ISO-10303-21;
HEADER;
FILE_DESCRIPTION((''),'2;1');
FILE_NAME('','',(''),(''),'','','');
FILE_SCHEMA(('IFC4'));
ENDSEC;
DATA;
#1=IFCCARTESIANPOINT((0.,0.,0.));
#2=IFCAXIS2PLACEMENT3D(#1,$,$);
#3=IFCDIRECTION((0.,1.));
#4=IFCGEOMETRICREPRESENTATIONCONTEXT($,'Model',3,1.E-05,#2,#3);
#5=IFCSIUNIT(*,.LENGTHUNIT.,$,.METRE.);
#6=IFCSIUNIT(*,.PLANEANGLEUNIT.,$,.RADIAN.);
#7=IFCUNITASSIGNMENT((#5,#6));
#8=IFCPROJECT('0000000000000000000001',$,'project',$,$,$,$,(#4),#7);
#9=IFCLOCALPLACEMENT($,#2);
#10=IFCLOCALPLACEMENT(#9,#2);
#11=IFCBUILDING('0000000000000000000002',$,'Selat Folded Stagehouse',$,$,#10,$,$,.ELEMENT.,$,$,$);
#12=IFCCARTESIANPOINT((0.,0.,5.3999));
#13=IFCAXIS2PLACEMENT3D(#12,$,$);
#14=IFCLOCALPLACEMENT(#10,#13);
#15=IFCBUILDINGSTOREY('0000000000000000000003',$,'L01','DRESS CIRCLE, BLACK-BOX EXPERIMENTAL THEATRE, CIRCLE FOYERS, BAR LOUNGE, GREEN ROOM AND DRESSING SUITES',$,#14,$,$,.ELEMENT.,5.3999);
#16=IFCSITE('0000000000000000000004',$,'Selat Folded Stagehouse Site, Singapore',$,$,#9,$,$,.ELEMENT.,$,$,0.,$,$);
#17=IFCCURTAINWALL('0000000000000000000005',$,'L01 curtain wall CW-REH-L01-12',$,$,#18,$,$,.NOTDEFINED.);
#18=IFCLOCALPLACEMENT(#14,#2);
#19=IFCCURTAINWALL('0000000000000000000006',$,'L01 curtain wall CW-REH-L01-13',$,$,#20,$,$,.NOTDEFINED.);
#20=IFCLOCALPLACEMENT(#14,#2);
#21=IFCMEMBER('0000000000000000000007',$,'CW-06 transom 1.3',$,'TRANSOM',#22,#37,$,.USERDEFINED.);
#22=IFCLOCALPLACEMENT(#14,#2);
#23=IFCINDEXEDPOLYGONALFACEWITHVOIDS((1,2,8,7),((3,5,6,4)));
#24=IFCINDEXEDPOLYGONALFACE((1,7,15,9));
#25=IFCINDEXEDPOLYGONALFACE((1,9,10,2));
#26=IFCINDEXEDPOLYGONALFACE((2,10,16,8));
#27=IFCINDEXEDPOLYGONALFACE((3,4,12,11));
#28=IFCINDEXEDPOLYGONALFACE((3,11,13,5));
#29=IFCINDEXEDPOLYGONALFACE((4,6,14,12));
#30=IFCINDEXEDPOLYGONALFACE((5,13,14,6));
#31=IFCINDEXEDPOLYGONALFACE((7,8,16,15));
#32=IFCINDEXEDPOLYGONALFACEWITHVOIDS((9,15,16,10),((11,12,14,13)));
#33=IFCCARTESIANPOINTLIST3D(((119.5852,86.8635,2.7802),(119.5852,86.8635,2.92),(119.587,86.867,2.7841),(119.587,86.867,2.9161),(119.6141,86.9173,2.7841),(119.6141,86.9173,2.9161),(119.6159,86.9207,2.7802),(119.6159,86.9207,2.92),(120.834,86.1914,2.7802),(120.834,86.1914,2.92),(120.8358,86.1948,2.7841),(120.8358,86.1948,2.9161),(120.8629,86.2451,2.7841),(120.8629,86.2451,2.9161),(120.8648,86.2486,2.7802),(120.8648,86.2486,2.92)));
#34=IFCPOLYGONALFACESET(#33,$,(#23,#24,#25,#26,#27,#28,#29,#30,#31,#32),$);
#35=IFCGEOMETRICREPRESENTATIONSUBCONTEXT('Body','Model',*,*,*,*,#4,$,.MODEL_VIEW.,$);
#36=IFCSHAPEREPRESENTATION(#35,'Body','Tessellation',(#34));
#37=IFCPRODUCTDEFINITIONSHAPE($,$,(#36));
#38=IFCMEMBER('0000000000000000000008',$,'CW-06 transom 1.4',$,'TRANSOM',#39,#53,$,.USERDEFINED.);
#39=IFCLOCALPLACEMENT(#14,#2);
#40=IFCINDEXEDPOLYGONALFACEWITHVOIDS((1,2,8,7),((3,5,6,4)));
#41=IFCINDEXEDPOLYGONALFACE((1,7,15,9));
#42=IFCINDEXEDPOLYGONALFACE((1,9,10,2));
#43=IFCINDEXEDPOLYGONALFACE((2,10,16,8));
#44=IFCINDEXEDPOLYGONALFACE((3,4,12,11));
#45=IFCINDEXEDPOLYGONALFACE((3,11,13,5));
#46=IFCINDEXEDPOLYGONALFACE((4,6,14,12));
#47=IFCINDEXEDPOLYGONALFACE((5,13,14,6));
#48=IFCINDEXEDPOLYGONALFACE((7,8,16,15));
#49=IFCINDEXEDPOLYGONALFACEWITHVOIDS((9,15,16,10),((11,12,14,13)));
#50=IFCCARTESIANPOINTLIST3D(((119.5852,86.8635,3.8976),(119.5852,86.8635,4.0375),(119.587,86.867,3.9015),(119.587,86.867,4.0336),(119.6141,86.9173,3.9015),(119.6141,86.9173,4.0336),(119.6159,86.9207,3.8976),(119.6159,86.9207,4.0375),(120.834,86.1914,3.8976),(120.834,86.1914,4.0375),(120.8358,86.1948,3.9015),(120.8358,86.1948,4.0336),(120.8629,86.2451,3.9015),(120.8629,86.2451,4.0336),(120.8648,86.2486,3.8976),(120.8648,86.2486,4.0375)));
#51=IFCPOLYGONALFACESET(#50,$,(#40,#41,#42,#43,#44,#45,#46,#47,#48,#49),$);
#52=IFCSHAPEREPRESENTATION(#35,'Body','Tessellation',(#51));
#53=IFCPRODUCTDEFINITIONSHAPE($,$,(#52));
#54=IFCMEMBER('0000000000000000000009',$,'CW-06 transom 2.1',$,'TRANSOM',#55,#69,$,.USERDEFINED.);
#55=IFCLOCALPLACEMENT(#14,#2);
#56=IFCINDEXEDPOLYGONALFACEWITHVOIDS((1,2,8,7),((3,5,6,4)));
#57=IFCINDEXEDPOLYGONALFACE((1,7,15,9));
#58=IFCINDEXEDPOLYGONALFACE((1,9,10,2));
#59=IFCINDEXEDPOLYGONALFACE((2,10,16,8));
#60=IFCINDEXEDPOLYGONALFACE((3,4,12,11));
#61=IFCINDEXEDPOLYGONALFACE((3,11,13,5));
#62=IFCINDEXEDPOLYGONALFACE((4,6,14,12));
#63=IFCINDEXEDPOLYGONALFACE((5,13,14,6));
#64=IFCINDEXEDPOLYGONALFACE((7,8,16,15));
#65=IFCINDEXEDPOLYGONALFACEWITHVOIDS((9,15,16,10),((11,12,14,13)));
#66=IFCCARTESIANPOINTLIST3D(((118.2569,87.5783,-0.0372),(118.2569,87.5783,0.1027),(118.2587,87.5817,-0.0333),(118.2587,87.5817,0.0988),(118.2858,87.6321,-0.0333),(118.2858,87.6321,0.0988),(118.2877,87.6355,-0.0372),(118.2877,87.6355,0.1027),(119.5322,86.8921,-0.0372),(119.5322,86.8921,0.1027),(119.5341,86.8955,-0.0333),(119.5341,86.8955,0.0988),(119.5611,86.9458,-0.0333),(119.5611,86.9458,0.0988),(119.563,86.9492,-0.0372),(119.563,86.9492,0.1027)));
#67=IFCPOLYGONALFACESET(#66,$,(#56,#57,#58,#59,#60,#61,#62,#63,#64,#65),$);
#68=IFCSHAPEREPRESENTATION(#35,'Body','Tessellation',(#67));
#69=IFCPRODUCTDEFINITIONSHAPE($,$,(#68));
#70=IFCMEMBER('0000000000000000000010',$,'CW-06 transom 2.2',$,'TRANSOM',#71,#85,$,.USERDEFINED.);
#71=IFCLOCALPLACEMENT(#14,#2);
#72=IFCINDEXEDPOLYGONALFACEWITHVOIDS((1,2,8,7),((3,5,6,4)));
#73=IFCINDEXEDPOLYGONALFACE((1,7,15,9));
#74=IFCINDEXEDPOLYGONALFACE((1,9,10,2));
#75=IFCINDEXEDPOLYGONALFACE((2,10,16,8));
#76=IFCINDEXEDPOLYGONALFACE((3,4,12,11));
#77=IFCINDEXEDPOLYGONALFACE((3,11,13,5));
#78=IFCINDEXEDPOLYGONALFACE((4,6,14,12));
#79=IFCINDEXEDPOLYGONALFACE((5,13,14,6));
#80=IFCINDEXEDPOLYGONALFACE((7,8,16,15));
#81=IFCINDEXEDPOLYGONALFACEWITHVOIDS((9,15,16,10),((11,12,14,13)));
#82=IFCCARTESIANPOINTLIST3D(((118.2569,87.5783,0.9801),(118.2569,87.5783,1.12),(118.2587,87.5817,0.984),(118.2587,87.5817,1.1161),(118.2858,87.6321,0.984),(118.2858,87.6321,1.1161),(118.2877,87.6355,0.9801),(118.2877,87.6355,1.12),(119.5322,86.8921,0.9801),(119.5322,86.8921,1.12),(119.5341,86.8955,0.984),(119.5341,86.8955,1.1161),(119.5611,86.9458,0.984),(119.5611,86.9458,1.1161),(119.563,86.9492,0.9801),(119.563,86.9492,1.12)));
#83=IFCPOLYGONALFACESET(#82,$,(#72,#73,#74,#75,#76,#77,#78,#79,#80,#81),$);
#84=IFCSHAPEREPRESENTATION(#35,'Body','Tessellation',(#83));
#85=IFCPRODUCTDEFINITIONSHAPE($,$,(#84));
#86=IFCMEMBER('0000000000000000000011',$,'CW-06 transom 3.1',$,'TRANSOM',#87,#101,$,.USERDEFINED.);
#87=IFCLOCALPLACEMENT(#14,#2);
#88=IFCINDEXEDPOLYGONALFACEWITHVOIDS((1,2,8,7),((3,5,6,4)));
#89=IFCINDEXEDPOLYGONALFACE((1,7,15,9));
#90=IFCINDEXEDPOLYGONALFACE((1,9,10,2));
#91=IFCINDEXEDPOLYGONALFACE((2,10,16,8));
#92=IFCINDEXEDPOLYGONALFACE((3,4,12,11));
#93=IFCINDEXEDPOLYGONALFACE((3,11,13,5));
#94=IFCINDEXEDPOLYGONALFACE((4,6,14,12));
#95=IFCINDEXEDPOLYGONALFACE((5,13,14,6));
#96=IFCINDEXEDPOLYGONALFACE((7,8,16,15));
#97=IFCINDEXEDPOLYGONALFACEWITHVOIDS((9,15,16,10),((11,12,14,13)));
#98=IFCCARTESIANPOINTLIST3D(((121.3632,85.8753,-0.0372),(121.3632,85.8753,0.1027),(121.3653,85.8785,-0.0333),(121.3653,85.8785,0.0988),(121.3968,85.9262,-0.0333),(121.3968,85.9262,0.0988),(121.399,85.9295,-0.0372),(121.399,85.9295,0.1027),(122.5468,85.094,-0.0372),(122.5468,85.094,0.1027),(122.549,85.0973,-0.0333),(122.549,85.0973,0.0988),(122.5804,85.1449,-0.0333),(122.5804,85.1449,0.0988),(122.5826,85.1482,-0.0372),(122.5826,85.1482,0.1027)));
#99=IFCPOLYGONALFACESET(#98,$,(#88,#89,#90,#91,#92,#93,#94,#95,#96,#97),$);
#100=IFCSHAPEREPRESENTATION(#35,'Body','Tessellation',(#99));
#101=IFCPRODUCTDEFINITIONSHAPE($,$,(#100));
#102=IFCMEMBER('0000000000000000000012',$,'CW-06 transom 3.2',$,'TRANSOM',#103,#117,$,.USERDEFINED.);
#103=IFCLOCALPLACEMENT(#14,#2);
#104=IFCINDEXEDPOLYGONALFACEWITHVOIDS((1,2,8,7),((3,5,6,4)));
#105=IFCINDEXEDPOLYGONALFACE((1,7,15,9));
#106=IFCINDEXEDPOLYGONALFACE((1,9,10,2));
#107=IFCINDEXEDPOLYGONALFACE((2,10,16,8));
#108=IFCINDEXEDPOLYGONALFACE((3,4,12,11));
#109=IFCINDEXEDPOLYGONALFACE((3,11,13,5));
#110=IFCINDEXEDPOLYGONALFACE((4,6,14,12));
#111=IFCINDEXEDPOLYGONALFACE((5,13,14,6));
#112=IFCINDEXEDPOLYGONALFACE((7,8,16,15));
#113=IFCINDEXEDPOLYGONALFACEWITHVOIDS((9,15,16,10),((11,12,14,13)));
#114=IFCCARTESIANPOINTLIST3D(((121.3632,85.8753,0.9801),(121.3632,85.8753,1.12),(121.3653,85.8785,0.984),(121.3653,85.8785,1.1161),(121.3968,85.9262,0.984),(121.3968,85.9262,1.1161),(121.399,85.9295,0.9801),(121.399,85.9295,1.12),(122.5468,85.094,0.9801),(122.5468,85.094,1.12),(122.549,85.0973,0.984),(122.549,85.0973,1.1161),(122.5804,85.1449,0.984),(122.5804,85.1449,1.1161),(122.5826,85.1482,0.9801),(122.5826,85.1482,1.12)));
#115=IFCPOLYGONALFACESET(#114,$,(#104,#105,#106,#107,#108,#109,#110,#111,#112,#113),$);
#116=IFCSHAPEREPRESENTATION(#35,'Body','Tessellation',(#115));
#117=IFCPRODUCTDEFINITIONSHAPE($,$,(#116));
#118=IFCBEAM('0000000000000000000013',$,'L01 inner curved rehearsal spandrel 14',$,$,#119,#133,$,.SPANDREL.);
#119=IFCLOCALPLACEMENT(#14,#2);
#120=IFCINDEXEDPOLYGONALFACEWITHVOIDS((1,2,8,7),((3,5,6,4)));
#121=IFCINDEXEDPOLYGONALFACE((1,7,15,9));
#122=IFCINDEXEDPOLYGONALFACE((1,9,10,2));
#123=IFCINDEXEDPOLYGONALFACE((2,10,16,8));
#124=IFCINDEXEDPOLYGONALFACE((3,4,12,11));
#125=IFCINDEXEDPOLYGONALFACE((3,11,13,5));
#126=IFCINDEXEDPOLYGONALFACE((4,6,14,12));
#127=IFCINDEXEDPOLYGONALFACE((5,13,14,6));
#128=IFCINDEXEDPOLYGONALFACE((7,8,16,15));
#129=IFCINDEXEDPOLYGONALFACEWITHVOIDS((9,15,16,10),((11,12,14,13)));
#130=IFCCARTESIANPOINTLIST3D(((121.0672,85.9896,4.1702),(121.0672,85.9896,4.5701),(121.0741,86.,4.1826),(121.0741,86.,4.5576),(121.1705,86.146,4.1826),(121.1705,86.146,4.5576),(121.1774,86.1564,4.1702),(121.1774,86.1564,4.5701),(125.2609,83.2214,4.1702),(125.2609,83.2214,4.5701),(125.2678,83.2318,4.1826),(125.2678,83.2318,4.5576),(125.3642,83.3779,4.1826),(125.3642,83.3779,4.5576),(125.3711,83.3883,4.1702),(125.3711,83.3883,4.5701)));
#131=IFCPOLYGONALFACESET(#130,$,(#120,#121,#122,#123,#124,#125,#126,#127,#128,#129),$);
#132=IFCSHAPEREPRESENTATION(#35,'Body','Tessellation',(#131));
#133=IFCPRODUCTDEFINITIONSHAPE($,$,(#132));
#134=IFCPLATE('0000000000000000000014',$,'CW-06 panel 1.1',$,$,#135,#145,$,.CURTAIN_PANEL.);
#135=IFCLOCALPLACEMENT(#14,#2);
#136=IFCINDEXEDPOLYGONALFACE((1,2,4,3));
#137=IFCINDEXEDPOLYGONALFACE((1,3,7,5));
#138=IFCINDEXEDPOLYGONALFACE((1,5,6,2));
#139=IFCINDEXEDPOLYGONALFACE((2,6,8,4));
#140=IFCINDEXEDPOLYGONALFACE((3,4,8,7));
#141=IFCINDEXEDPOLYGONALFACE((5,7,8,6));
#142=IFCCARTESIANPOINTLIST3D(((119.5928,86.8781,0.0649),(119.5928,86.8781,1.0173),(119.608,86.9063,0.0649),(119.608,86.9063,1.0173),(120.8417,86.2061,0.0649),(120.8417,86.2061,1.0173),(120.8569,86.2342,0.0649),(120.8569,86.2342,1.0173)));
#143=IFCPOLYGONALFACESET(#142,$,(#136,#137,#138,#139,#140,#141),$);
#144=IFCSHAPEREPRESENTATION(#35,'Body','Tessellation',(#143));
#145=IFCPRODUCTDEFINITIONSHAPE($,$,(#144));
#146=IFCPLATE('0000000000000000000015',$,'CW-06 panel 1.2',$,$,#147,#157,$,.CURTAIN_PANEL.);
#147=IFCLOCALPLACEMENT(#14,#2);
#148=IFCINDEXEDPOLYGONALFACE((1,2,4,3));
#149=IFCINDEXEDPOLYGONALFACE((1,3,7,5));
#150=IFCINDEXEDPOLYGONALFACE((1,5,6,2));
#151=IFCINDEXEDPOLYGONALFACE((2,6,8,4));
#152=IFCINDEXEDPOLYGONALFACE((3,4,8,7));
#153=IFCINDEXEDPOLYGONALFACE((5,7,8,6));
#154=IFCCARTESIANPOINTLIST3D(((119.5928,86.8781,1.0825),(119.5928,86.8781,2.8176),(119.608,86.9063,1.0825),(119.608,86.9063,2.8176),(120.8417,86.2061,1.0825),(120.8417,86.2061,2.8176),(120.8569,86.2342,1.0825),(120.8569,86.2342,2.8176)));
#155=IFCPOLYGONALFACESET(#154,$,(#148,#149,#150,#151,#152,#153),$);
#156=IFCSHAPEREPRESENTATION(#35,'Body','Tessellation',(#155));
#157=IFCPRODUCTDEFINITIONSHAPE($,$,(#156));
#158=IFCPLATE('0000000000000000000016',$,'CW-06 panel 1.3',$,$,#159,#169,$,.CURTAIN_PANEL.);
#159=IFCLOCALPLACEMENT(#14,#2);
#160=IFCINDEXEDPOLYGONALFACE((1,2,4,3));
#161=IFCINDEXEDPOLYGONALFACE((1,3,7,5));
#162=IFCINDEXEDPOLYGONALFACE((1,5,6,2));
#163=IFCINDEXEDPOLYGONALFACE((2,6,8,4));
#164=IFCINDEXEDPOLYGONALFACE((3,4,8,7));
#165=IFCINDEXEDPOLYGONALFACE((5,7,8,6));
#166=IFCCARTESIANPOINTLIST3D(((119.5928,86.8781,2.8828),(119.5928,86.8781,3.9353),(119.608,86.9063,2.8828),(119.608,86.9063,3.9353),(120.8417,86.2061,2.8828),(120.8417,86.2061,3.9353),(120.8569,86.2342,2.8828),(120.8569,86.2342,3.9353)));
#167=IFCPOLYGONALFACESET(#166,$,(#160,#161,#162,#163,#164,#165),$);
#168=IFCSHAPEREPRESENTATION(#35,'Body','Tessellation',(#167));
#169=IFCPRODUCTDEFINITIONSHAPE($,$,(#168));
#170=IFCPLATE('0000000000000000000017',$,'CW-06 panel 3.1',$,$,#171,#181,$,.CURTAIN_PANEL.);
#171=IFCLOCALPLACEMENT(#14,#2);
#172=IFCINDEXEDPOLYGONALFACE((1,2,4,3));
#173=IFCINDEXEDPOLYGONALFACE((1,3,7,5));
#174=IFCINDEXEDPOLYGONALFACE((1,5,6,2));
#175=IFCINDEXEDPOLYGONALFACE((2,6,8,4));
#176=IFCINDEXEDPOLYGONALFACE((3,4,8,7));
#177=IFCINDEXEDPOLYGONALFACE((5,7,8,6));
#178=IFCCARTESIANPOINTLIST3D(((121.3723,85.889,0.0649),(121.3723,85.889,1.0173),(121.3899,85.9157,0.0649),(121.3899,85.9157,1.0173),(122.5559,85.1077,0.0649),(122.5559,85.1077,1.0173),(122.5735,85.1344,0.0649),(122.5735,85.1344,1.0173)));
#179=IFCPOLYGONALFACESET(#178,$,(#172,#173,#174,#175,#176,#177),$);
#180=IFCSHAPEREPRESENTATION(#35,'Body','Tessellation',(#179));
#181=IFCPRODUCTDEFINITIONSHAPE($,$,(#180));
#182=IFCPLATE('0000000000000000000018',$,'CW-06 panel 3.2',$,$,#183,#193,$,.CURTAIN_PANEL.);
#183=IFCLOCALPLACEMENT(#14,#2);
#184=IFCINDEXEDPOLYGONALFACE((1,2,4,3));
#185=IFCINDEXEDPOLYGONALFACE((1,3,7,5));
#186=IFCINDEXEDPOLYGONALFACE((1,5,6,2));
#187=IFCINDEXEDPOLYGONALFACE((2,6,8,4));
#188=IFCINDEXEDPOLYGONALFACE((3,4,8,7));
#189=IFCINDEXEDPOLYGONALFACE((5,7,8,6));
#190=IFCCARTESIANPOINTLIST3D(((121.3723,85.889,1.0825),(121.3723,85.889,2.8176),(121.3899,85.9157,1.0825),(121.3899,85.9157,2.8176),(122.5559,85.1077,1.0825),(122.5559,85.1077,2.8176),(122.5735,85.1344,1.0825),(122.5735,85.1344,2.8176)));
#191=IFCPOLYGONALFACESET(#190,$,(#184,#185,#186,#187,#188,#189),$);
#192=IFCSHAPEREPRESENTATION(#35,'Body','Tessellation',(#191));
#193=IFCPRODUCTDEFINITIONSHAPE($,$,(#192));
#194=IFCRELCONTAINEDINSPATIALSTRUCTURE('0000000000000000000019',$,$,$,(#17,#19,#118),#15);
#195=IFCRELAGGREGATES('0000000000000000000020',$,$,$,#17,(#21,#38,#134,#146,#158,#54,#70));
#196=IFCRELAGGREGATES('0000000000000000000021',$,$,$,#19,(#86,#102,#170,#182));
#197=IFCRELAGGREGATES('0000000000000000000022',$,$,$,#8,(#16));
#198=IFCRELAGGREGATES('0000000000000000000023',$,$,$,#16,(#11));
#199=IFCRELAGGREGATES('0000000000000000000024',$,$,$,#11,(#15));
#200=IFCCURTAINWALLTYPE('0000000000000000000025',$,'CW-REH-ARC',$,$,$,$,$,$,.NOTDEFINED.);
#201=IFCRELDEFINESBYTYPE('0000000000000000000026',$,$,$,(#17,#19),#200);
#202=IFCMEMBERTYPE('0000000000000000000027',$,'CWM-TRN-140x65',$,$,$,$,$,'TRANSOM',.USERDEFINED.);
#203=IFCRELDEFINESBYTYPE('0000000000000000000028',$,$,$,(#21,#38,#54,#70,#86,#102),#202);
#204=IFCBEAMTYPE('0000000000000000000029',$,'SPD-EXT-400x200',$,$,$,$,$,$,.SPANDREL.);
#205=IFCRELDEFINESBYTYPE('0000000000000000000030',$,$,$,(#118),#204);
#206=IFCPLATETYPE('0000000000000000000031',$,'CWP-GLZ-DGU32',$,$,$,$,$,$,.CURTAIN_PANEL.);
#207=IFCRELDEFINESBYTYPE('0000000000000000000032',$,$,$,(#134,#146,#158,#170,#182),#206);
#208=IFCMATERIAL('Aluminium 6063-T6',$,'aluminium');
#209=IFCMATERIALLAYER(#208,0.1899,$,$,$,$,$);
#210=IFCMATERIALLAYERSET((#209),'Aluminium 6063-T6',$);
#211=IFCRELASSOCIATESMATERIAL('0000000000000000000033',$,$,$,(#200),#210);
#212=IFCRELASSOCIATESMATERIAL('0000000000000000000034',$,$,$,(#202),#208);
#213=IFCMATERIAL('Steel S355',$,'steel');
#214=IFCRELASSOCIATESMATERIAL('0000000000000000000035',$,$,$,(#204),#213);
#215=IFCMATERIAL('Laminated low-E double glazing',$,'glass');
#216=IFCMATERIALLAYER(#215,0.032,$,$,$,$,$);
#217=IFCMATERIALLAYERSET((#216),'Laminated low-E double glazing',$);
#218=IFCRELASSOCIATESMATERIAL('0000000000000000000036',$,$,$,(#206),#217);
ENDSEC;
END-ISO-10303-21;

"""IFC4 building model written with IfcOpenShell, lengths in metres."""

from ifc_helpers import new_model, si_unit, direction, frame, origin, origin_2d, place, context, subcontext, project, spatial, rectangle, hollow_rectangle, extrude, material, layer, layer_set, material_profile, profile_set, type_object, element, aggregate, save


model = new_model("IFC4")

# Units and contexts
model_context = context("Model", 3, precision=1e-05, world=origin(), true_north=direction((0.0, 1.0)))
body_context = subcontext(model_context, "Body", "Model", "MODEL_VIEW")
ifc_project = project(units=[si_unit("LENGTHUNIT", "METRE"), si_unit("PLANEANGLEUNIT", "RADIAN")], contexts=[model_context])

# Site, building, storey
site_placement = place(None, origin())
site = spatial("IfcSite", under=ifc_project, at=site_placement, Name="Selat Folded Stagehouse Site, Singapore", CompositionType="ELEMENT", RefElevation=0.0)
building_placement = place(site_placement, origin())
building = spatial("IfcBuilding", under=site, at=building_placement, Name="Selat Folded Stagehouse", CompositionType="ELEMENT")
storey_placement = place(building_placement, frame((0.0, 0.0, 5.3999)))
storey = spatial("IfcBuildingStorey", under=building, at=storey_placement, Name="L01", Description="DRESS CIRCLE, BLACK-BOX EXPERIMENTAL THEATRE, CIRCLE FOYERS, BAR LOUNGE, GREEN ROOM AND DRESSING SUITES", CompositionType="ELEMENT", Elevation=5.3999)

# Shared definitions
ifc_material_1 = material(Name="Steel S355", Category="steel")

# Curtain wall
ifc_material_2 = material(Name="Aluminium 6063-T6", Category="aluminium")
ifc_layer_1 = layer(ifc_material_2, 0.1899)
ifc_layer_set_1 = layer_set([ifc_layer_1], Name="Aluminium 6063-T6")
curtain_wall_type = type_object("IfcCurtainWallType", Name="CW-REH-ARC", PredefinedType="NOTDEFINED", material=ifc_layer_set_1)
curtain_wall_1_placement = place(storey_placement, origin())
curtain_wall_1 = element("IfcCurtainWall", 1, at=curtain_wall_1_placement, inside=storey, type_object=curtain_wall_type, Name="L01 curtain wall CW-REH-L01-12", PredefinedType="NOTDEFINED")

# Curtain wall
curtain_wall_2_placement = place(storey_placement, origin())
curtain_wall_2 = element("IfcCurtainWall", 2, at=curtain_wall_2_placement, inside=storey, type_object=curtain_wall_type, Name="L01 curtain wall CW-REH-L01-13", PredefinedType="NOTDEFINED")

# Members
ifc_material_profile_1 = material_profile(ifc_material_2, hollow_rectangle(XDim=0.0649, YDim=0.1399, WallThickness=0.0039, at=origin_2d()), Name="ALU 140x65x4.0")
ifc_profile_set_1 = profile_set([ifc_material_profile_1], Name="Aluminium 6063-T6")
member_type_1 = type_object("IfcMemberType", Name="CWM-TRN-140x65", ElementType="TRANSOM", PredefinedType="USERDEFINED", material=ifc_profile_set_1)
member_1_placement = place(storey_placement, frame((120.8494, 86.22, 2.8501), z_axis=(-0.88056, 0.473936, 0.0), x_axis=(-0.473936, -0.88056, 0.0)))
member_1 = element("IfcMember", 3, at=member_1_placement, type_object=member_type_1, Name="CW-06 transom 1.3", ObjectType="TRANSOM", PredefinedType="USERDEFINED", context=body_context, shape_type="SweptSolid", body=[
    extrude(hollow_rectangle(XDim=0.0649, YDim=0.1399, WallThickness=0.0039, at=origin_2d()), origin(), (0.0, 0.0, 1.0), 1.4182),
])
member_2_placement = place(storey_placement, frame((120.8494, 86.22, 3.9675), z_axis=(-0.88056, 0.473936, 0.0), x_axis=(-0.473936, -0.88056, 0.0)))
member_2 = element("IfcMember", 4, at=member_2_placement, type_object=member_type_1, Name="CW-06 transom 1.4", ObjectType="TRANSOM", PredefinedType="USERDEFINED", context=body_context, shape_type="SweptSolid", body=[
    extrude(hollow_rectangle(XDim=0.0649, YDim=0.1399, WallThickness=0.0039, at=origin_2d()), origin(), (0.0, 0.0, 1.0), 1.4182),
])
member_3_placement = place(storey_placement, frame((119.5476, 86.9207, 0.0327), z_axis=(-0.880606, 0.473848, 0.0), x_axis=(-0.473848, -0.880606, 0.0)))
member_3 = element("IfcMember", 5, at=member_3_placement, type_object=member_type_1, Name="CW-06 transom 2.1", ObjectType="TRANSOM", PredefinedType="USERDEFINED", context=body_context, shape_type="SweptSolid", body=[
    extrude(hollow_rectangle(XDim=0.0649, YDim=0.1399, WallThickness=0.0039, at=origin_2d()), origin(), (0.0, 0.0, 1.0), 1.4482),
])
member_4_placement = place(storey_placement, frame((119.5476, 86.9207, 1.05), z_axis=(-0.880606, 0.473848, 0.0), x_axis=(-0.473848, -0.880606, 0.0)))
member_4 = element("IfcMember", 6, at=member_4_placement, type_object=member_type_1, Name="CW-06 transom 2.2", ObjectType="TRANSOM", PredefinedType="USERDEFINED", context=body_context, shape_type="SweptSolid", body=[
    extrude(hollow_rectangle(XDim=0.0649, YDim=0.1399, WallThickness=0.0039, at=origin_2d()), origin(), (0.0, 0.0, 1.0), 1.4482),
])
member_5_placement = place(storey_placement, frame((122.5647, 85.1211, 0.0327), z_axis=(-0.834584, 0.550881, 0.0), x_axis=(-0.550881, -0.834584, 0.0)))
member_5 = element("IfcMember", 7, at=member_5_placement, type_object=member_type_1, Name="CW-06 transom 3.1", ObjectType="TRANSOM", PredefinedType="USERDEFINED", context=body_context, shape_type="SweptSolid", body=[
    extrude(hollow_rectangle(XDim=0.0649, YDim=0.1399, WallThickness=0.0039, at=origin_2d()), origin(), (0.0, 0.0, 1.0), 1.4182),
])
member_6_placement = place(storey_placement, frame((122.5647, 85.1211, 1.05), z_axis=(-0.834584, 0.550881, 0.0), x_axis=(-0.550881, -0.834584, 0.0)))
member_6 = element("IfcMember", 8, at=member_6_placement, type_object=member_type_1, Name="CW-06 transom 3.2", ObjectType="TRANSOM", PredefinedType="USERDEFINED", context=body_context, shape_type="SweptSolid", body=[
    extrude(hollow_rectangle(XDim=0.0649, YDim=0.1399, WallThickness=0.0039, at=origin_2d()), origin(), (0.0, 0.0, 1.0), 1.4182),
])

# Beam
ifc_material_profile_2 = material_profile(ifc_material_1, hollow_rectangle(XDim=0.2, YDim=0.3999, WallThickness=0.0125, at=origin_2d()), Name="RHS 400x200x12.5")
ifc_profile_set_2 = profile_set([ifc_material_profile_2], Name="Steel S355")
beam_type_1 = type_object("IfcBeamType", Name="SPD-EXT-400x200", PredefinedType="SPANDREL", material=ifc_profile_set_2)
beam_1_placement = place(storey_placement, frame((121.1223, 86.073, 4.3701), z_axis=(0.834583, -0.550882, 0.0), x_axis=(0.550882, 0.834583, 0.0)))
element("IfcBeam", 9, at=beam_1_placement, inside=storey, type_object=beam_type_1, Name="L01 inner curved rehearsal spandrel 14", PredefinedType="SPANDREL", context=body_context, shape_type="SweptSolid", body=[
    extrude(hollow_rectangle(XDim=0.2, YDim=0.3999, WallThickness=0.0125, at=origin_2d()), origin(), (0.0, 0.0, 1.0), 5.0249),
])

# Plates
ifc_material_3 = material(Name="Laminated low-E double glazing", Category="glass")
ifc_layer_2 = layer(ifc_material_3, 0.032)
ifc_layer_set_2 = layer_set([ifc_layer_2], Name="Laminated low-E double glazing")
plate_type = type_object("IfcPlateType", Name="CWP-GLZ-DGU32", PredefinedType="CURTAIN_PANEL", material=ifc_layer_set_2)
plate_1_placement = place(storey_placement, frame((120.2249, 86.5562, 0.0649), z_axis=(0.0, 0.0, 1.0), x_axis=(-0.880601, 0.473859, 0.0)))
plate_1 = element("IfcPlate", 10, at=plate_1_placement, type_object=plate_type, Name="CW-06 panel 1.1", PredefinedType="CURTAIN_PANEL", context=body_context, shape_type="SweptSolid", body=[
    extrude(rectangle(XDim=1.4182, YDim=0.032, at=origin_2d()), origin(), (0.0, 0.0, 1.0), 0.9524),
])
plate_2_placement = place(storey_placement, frame((120.2249, 86.5562, 1.0825), z_axis=(0.0, 0.0, 1.0), x_axis=(-0.880601, 0.473859, 0.0)))
plate_2 = element("IfcPlate", 11, at=plate_2_placement, type_object=plate_type, Name="CW-06 panel 1.2", PredefinedType="CURTAIN_PANEL", context=body_context, shape_type="SweptSolid", body=[
    extrude(rectangle(XDim=1.4182, YDim=0.032, at=origin_2d()), origin(), (0.0, 0.0, 1.0), 1.7351),
])
plate_3_placement = place(storey_placement, frame((120.2249, 86.5562, 2.8828), z_axis=(0.0, 0.0, 1.0), x_axis=(-0.880601, 0.473859, 0.0)))
plate_3 = element("IfcPlate", 12, at=plate_3_placement, type_object=plate_type, Name="CW-06 panel 1.3", PredefinedType="CURTAIN_PANEL", context=body_context, shape_type="SweptSolid", body=[
    extrude(rectangle(XDim=1.4182, YDim=0.032, at=origin_2d()), origin(), (0.0, 0.0, 1.0), 1.0525),
])
aggregate(curtain_wall_1, [member_1, member_2, plate_1, plate_2, plate_3, member_3, member_4])
plate_4_placement = place(storey_placement, frame((121.9729, 85.5117, 0.0649), z_axis=(0.0, 0.0, 1.0), x_axis=(-0.834581, 0.550885, 0.0)))
plate_4 = element("IfcPlate", 13, at=plate_4_placement, type_object=plate_type, Name="CW-06 panel 3.1", PredefinedType="CURTAIN_PANEL", context=body_context, shape_type="SweptSolid", body=[
    extrude(rectangle(XDim=1.4182, YDim=0.032, at=origin_2d()), origin(), (0.0, 0.0, 1.0), 0.9524),
])
plate_5_placement = place(storey_placement, frame((121.9729, 85.5117, 1.0825), z_axis=(0.0, 0.0, 1.0), x_axis=(-0.834581, 0.550885, 0.0)))
plate_5 = element("IfcPlate", 14, at=plate_5_placement, type_object=plate_type, Name="CW-06 panel 3.2", PredefinedType="CURTAIN_PANEL", context=body_context, shape_type="SweptSolid", body=[
    extrude(rectangle(XDim=1.4182, YDim=0.032, at=origin_2d()), origin(), (0.0, 0.0, 1.0), 1.7351),
])
aggregate(curtain_wall_2, [member_5, member_6, plate_4, plate_5])

save(model, "model.ifc")
